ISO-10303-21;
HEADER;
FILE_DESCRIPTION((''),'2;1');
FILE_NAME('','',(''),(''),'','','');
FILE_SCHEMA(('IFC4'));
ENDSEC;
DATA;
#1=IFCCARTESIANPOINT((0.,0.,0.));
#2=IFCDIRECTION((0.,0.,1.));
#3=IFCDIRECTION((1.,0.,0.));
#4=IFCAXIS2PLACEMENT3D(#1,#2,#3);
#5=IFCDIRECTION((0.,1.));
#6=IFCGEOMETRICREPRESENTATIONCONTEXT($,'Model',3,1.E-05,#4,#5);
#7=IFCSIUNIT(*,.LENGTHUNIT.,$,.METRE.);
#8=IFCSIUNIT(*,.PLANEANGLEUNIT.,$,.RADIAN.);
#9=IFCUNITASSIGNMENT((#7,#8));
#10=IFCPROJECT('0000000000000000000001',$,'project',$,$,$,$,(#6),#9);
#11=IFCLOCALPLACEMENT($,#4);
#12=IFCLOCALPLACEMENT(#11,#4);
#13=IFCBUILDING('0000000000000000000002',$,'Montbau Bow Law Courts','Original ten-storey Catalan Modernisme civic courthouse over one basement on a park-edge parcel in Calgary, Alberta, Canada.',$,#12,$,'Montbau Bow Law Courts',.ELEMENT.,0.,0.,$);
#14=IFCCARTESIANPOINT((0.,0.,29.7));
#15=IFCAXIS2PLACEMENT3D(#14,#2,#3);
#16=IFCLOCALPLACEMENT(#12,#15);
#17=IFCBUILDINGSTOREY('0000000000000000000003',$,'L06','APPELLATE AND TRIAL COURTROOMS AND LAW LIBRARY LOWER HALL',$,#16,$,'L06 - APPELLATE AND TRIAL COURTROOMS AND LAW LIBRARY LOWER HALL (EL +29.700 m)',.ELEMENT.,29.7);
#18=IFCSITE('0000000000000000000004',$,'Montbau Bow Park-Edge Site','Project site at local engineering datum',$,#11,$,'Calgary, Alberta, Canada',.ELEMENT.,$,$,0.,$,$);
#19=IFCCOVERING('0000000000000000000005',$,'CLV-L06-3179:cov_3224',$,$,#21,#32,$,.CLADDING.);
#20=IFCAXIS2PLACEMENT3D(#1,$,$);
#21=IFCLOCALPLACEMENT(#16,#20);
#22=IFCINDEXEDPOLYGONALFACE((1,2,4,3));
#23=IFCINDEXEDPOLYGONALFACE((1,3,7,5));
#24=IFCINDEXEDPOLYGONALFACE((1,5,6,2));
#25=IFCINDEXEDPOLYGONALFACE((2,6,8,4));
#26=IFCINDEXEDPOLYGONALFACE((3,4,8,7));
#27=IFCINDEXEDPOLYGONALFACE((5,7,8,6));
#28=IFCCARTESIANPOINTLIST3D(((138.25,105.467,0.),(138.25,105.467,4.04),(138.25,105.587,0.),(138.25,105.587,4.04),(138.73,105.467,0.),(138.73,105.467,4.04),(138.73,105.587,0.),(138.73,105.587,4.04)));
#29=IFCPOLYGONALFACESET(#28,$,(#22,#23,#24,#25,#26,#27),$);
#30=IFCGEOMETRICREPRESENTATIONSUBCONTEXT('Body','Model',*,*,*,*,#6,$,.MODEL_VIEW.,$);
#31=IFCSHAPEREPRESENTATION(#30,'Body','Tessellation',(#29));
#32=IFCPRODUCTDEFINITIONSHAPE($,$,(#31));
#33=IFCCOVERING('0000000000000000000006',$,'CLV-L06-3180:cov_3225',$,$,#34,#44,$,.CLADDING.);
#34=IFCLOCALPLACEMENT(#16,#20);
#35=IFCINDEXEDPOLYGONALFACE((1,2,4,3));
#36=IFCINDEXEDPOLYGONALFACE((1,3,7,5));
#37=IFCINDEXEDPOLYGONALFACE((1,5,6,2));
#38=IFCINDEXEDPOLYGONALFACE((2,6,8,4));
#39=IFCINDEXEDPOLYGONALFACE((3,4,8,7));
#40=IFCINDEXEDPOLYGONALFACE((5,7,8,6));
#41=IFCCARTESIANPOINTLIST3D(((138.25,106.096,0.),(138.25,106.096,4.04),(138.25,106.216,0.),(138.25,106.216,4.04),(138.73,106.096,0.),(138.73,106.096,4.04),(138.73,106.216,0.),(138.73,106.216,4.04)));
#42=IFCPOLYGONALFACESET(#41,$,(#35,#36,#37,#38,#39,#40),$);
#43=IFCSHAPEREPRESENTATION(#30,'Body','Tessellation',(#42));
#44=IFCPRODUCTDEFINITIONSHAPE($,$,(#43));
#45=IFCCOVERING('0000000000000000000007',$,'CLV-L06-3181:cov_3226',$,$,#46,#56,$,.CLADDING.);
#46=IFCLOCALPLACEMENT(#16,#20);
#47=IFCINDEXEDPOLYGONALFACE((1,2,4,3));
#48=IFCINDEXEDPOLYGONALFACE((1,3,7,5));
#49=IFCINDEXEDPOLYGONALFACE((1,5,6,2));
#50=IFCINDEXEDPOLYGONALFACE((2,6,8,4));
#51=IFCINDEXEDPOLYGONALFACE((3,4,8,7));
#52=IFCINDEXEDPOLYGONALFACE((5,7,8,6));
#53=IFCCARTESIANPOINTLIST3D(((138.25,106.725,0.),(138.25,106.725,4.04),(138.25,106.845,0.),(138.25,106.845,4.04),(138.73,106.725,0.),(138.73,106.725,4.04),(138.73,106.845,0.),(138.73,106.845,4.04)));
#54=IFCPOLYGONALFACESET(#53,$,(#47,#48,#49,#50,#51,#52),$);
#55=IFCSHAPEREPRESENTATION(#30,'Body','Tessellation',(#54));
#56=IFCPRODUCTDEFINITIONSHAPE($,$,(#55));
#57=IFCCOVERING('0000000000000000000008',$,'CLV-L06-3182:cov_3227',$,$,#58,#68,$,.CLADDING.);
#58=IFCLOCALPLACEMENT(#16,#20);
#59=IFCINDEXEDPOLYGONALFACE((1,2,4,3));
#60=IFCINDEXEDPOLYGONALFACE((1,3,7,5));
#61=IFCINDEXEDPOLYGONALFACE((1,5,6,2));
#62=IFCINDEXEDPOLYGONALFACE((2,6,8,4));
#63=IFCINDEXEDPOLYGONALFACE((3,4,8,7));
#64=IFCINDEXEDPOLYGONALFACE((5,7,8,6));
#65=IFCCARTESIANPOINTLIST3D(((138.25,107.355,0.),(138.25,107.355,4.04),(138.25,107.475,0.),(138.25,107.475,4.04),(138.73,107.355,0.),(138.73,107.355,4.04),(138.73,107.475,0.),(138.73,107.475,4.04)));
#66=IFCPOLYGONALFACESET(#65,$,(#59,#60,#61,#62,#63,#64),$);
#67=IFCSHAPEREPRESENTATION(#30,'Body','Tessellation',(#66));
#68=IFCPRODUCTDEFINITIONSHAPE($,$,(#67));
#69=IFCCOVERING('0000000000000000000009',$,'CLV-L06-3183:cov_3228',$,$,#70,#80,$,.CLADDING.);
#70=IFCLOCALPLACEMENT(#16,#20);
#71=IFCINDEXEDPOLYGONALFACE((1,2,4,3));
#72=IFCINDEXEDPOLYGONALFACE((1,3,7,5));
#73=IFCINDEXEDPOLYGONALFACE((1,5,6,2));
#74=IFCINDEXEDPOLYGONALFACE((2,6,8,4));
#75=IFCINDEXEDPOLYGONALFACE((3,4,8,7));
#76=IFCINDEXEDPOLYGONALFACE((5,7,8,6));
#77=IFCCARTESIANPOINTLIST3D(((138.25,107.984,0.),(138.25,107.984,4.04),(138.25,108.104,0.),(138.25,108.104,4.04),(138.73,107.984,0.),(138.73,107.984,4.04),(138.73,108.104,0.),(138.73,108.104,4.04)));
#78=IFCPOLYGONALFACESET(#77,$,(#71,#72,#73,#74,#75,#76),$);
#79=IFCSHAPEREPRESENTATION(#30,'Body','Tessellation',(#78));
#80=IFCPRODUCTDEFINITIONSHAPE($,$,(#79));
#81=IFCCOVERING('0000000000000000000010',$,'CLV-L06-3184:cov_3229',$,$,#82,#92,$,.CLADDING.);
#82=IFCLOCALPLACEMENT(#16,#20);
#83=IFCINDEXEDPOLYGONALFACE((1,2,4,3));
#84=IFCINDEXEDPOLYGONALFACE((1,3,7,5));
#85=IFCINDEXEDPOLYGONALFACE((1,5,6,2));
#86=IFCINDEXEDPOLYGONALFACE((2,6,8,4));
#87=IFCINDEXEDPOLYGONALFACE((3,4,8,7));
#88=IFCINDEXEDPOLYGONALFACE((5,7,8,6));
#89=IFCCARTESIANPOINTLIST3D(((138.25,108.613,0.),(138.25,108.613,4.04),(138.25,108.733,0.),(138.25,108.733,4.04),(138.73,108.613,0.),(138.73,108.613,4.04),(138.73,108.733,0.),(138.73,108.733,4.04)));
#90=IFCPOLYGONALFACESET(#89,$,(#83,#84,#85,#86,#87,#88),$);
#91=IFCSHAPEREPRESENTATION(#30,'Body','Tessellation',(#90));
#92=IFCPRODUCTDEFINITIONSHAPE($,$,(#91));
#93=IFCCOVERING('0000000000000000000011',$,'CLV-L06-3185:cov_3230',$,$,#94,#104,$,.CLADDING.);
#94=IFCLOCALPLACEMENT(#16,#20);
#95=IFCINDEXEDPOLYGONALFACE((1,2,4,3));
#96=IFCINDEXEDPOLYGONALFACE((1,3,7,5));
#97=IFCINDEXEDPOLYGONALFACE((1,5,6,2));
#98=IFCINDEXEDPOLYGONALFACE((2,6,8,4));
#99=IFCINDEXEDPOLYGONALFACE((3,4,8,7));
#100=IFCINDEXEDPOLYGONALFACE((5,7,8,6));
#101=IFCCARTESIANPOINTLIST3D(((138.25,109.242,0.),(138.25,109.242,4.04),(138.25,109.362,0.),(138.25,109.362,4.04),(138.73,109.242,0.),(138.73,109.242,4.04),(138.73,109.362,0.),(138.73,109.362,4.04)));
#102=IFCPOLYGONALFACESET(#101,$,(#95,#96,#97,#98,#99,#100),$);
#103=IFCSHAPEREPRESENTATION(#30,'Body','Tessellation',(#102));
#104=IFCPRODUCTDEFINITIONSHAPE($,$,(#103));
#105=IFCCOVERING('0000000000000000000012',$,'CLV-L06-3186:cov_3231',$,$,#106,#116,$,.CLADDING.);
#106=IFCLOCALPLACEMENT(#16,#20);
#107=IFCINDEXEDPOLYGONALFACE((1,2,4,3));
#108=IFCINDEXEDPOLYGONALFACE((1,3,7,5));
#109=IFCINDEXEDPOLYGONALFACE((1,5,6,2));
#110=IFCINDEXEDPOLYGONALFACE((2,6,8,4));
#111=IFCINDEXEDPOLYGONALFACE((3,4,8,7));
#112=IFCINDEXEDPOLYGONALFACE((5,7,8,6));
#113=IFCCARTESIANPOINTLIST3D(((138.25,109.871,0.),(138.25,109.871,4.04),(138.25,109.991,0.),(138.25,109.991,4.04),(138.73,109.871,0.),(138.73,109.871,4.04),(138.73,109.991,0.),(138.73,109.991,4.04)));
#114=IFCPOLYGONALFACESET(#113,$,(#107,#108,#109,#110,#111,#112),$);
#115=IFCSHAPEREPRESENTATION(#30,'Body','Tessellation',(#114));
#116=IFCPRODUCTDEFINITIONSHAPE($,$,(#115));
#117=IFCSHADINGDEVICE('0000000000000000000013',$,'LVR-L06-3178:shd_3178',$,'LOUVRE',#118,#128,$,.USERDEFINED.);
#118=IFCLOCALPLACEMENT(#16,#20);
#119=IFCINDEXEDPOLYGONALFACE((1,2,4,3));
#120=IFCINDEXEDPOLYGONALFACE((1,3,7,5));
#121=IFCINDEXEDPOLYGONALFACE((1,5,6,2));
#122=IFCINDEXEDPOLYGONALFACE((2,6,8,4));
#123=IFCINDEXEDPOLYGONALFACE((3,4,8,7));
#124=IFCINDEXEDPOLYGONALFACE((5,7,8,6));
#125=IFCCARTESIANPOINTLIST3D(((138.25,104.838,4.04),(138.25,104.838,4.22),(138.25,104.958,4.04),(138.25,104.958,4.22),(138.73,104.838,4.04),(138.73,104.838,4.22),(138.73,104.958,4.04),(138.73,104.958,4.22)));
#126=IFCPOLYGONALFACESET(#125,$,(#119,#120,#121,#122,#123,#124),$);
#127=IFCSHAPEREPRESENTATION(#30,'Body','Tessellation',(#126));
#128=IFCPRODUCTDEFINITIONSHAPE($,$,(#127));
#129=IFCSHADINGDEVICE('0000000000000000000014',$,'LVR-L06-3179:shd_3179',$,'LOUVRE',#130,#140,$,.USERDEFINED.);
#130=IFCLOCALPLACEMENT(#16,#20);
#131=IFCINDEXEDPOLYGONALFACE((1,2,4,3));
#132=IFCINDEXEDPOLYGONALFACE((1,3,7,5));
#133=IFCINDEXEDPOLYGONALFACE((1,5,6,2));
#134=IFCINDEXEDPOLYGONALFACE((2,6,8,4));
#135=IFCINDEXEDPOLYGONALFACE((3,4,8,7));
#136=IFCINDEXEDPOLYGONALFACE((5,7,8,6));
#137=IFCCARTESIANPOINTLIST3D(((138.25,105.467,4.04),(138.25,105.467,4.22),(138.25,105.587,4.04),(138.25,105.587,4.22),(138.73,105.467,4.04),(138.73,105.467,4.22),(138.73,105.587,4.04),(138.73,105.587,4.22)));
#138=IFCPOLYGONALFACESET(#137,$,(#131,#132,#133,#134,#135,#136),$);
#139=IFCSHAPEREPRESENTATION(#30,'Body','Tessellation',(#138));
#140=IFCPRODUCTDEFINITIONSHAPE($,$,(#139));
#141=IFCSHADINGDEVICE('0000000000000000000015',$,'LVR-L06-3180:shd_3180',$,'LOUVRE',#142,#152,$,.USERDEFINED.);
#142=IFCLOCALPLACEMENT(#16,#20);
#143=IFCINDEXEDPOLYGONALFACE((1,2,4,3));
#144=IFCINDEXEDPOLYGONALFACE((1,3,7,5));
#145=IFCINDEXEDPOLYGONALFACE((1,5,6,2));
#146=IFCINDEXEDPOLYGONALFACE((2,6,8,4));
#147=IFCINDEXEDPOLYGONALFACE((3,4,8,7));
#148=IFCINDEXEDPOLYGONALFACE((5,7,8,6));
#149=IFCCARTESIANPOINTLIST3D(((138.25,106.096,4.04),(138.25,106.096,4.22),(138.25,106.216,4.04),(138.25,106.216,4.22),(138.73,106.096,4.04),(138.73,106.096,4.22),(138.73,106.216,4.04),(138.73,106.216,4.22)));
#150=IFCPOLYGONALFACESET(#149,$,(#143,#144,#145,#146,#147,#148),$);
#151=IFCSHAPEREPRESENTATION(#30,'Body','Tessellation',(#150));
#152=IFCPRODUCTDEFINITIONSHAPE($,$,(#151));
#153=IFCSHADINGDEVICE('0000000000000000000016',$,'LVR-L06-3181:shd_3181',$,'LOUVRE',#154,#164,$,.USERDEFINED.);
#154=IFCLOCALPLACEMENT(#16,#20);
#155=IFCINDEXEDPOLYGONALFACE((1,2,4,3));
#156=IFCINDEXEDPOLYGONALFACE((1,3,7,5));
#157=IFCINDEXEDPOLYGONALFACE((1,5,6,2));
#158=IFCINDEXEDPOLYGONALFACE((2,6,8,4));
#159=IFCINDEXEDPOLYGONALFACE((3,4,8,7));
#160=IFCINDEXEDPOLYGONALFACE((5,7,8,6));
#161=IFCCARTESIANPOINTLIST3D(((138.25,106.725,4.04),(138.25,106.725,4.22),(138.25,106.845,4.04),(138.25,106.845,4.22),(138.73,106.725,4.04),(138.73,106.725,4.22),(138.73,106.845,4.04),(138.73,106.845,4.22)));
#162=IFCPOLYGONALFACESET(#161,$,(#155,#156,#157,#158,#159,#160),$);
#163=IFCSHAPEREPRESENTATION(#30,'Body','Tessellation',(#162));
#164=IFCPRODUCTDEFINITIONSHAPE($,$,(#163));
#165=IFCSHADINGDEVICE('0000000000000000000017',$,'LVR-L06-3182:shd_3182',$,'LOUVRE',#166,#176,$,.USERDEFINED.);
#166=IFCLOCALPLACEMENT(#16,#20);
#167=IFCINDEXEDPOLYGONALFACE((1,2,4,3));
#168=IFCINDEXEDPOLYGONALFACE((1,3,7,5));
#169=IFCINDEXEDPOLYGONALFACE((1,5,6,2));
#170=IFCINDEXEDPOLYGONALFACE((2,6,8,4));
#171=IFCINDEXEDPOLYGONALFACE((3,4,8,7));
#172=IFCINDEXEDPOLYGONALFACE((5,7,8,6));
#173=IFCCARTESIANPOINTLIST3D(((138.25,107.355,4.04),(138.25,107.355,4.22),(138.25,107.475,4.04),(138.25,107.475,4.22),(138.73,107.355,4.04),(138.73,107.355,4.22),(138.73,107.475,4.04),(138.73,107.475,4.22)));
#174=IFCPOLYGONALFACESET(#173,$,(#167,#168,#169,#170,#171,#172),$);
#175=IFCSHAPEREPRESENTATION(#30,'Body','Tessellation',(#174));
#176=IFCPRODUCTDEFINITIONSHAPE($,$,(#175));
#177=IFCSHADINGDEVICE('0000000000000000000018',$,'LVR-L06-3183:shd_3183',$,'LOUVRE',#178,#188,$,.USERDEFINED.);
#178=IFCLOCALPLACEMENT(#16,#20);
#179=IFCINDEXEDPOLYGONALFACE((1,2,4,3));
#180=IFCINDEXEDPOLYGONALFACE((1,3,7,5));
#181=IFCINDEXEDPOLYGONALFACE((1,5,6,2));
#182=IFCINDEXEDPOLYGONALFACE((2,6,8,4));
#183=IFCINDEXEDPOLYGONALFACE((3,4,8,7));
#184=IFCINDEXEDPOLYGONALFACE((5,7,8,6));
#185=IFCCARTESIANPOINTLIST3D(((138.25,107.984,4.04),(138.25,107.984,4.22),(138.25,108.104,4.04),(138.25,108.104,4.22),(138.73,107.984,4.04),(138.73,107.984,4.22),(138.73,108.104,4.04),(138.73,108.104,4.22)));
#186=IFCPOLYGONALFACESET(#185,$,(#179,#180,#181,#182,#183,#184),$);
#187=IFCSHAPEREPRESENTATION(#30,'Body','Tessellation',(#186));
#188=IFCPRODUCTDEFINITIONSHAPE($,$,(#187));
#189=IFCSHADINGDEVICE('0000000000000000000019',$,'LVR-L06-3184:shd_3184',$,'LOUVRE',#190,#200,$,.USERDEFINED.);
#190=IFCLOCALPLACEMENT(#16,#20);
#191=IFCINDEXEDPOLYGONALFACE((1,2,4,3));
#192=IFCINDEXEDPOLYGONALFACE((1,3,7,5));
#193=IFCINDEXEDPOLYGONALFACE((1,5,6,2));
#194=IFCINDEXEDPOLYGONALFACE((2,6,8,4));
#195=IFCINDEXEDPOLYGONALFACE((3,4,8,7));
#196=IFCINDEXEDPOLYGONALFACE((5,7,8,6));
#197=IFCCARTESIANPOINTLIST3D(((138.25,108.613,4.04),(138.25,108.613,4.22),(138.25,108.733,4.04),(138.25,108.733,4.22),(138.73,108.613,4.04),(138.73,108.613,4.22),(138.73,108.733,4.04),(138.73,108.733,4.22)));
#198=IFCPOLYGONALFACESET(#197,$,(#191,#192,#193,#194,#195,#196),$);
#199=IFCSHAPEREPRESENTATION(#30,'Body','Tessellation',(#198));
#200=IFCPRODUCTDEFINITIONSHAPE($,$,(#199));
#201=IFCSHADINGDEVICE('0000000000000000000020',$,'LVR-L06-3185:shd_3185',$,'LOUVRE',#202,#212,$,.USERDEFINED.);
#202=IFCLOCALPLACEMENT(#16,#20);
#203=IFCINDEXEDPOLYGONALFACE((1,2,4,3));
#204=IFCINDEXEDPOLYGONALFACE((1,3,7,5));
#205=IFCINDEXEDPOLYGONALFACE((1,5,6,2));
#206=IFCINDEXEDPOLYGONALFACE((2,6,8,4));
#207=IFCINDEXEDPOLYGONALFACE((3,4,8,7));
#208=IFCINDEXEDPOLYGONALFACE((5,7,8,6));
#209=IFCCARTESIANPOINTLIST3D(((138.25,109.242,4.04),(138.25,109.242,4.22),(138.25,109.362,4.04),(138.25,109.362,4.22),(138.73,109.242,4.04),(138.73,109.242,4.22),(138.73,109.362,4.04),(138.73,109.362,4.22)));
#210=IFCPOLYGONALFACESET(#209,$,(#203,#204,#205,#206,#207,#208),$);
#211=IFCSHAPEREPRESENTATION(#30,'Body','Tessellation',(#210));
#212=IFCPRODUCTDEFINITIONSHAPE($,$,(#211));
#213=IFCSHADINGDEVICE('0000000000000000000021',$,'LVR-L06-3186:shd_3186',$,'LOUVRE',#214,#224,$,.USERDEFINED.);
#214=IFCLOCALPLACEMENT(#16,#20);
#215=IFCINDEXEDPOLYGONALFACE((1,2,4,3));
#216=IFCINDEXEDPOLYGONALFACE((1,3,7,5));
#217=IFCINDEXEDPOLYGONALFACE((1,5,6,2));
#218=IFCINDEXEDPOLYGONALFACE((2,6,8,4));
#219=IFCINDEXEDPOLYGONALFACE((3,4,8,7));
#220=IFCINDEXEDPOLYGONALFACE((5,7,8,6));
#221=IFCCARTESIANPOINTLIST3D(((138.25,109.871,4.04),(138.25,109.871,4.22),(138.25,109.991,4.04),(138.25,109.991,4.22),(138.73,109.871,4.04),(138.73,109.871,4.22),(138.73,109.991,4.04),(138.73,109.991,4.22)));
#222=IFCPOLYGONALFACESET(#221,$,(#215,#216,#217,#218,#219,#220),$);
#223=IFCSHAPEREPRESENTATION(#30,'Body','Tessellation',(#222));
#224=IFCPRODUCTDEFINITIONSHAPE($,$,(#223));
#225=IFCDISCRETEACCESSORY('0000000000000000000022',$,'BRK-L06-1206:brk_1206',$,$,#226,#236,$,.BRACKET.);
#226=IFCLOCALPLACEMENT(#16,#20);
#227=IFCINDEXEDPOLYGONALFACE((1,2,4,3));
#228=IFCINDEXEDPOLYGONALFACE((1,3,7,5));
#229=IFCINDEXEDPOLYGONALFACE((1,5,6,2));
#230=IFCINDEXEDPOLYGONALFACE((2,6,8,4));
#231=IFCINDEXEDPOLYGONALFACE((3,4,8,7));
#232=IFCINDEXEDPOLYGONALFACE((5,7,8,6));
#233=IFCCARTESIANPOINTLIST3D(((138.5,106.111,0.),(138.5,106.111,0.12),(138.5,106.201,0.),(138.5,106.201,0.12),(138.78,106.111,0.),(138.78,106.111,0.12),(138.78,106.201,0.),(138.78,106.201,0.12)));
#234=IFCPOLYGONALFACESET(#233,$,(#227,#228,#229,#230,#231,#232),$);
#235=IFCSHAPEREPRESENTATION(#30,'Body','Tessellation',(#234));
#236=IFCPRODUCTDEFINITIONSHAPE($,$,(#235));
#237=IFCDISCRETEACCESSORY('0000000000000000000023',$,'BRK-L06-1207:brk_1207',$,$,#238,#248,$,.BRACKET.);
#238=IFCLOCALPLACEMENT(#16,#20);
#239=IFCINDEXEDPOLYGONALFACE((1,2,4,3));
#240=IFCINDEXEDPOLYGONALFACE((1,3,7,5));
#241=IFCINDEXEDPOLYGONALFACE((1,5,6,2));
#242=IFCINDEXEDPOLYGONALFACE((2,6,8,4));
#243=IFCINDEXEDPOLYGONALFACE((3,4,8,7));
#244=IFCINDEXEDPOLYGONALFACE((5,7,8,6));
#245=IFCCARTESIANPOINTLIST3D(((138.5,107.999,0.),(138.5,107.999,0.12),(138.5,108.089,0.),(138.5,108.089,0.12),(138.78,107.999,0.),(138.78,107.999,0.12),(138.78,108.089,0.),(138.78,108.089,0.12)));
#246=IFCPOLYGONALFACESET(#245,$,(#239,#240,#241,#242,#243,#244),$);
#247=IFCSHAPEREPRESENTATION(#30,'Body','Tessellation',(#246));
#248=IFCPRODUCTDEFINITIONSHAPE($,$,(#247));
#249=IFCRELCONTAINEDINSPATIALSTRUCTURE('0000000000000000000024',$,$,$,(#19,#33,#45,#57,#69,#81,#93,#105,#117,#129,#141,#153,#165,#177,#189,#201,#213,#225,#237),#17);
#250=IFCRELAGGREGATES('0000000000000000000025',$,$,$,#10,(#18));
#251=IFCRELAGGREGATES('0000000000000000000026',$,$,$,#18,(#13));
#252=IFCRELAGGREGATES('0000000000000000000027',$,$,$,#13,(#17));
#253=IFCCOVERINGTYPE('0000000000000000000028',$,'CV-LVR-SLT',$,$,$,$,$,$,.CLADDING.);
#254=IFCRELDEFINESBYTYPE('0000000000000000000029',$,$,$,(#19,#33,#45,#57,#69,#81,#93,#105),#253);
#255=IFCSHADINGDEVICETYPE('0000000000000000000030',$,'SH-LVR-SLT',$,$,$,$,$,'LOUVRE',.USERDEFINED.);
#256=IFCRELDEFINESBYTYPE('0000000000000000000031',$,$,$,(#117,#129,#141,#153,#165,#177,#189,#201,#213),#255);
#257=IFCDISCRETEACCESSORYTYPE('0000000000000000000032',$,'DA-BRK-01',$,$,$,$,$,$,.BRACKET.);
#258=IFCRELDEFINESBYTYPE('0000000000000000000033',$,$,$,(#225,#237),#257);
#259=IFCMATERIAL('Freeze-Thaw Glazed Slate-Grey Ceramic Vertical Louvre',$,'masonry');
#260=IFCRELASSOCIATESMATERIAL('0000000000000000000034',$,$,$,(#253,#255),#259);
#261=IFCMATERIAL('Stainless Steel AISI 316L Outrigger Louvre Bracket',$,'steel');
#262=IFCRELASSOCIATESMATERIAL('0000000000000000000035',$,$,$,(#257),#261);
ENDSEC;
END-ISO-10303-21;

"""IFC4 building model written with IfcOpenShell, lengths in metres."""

from ifc_helpers import new_model, si_unit, direction, frame, frame_2d, origin_with_axes, origin_2d_with_axis, place, context, subcontext, project, spatial, rectangle, extrude, material, type_object, element, save


model = new_model("IFC4")

# Units and contexts
model_context = context("Model", 3, precision=1e-05, world=origin_with_axes(), true_north=direction((0.0, 1.0)))
body_context = subcontext(model_context, "Body", "Model", "MODEL_VIEW")
ifc_project = project(units=[si_unit("LENGTHUNIT", "METRE"), si_unit("PLANEANGLEUNIT", "RADIAN")], contexts=[model_context])

# Site, building, storey
site_placement = place(None, origin_with_axes())
site = spatial("IfcSite", under=ifc_project, at=site_placement, Name="Montbau Bow Park-Edge Site", Description="Project site at local engineering datum", LongName="Calgary, Alberta, Canada", CompositionType="ELEMENT", RefElevation=0.0)
building_placement = place(site_placement, origin_with_axes())
building = spatial("IfcBuilding", under=site, at=building_placement, Name="Montbau Bow Law Courts", Description="Original ten-storey Catalan Modernisme civic courthouse over one basement on a park-edge parcel in Calgary, Alberta, Canada.", LongName="Montbau Bow Law Courts", CompositionType="ELEMENT", ElevationOfRefHeight=0.0, ElevationOfTerrain=0.0)
storey_placement = place(building_placement, frame((0.0, 0.0, 29.7), z_axis=(0.0, 0.0, 1.0), x_axis=(1.0, 0.0, 0.0)))
storey = spatial("IfcBuildingStorey", under=building, at=storey_placement, Name="L06", Description="APPELLATE AND TRIAL COURTROOMS AND LAW LIBRARY LOWER HALL", LongName="L06 - APPELLATE AND TRIAL COURTROOMS AND LAW LIBRARY LOWER HALL (EL +29.700 m)", CompositionType="ELEMENT", Elevation=29.7)

# Coverings
ifc_material_1 = material(Name="Freeze-Thaw Glazed Slate-Grey Ceramic Vertical Louvre", Category="masonry")
covering_type = type_object("IfcCoveringType", Name="CV-LVR-SLT", PredefinedType="CLADDING", material=ifc_material_1)
for number, where, z_axis, x_axis, name in (
    (1, (138.73, 105.527, 29.7), (0.0, 1.0, 0.0), (-1.0, 0.0, 0.0), "CLV-L06-3179:cov_3224"),
    (2, (138.73, 106.156, 29.7), (0.0, 1.0, 0.0), (-1.0, 0.0, 0.0), "CLV-L06-3180:cov_3225"),
    (3, (138.73, 106.785, 29.7), (0.0, 1.0, 0.0), (-1.0, 0.0, 0.0), "CLV-L06-3181:cov_3226"),
    (4, (138.73, 107.415, 29.7), (0.0, 1.0, 0.0), (-1.0, 0.0, 0.0), "CLV-L06-3182:cov_3227"),
    (5, (138.73, 108.044, 29.7), (0.0, 1.0, 0.0), (-1.0, 0.0, 0.0), "CLV-L06-3183:cov_3228"),
    (6, (138.73, 108.673, 29.7), (0.0, 1.0, 0.0), (-1.0, 0.0, 0.0), "CLV-L06-3184:cov_3229"),
    (7, (138.73, 109.302, 29.7), (0.0, 1.0, 0.0), (-1.0, 0.0, 0.0), "CLV-L06-3185:cov_3230"),
    (8, (138.73, 109.931, 29.7), (0.0, 1.0, 0.0), (-1.0, 0.0, 0.0), "CLV-L06-3186:cov_3231"),
):
    element("IfcCovering", number, at=place(None, frame(where, z_axis=z_axis, x_axis=x_axis)), inside=storey, type_object=covering_type, Name=name, PredefinedType="CLADDING", context=body_context, shape_type="SweptSolid", body=[
        extrude(rectangle(XDim=0.48, YDim=4.04, at=frame_2d((0.24, 2.02), x_axis=(1.0, 0.0))), frame((0.0, 0.0, -0.06), z_axis=(0.0, 0.0, 1.0), x_axis=(1.0, 0.0, 0.0)), (0.0, 0.0, 1.0), 0.12),
    ])

# Shading devices
shading_device_type = type_object("IfcShadingDeviceType", Name="SH-LVR-SLT", ElementType="LOUVRE", PredefinedType="USERDEFINED", material=ifc_material_1)
for number, where, z_axis, x_axis, name in (
    (9, (138.49, 104.898, 33.74), (0.0, 0.0, 1.0), (-1.0, 0.0, 0.0), "LVR-L06-3178:shd_3178"),
    (10, (138.49, 105.527, 33.74), (0.0, 0.0, 1.0), (-1.0, 0.0, 0.0), "LVR-L06-3179:shd_3179"),
    (11, (138.49, 106.156, 33.74), (0.0, 0.0, 1.0), (-1.0, 0.0, 0.0), "LVR-L06-3180:shd_3180"),
    (12, (138.49, 106.785, 33.74), (0.0, 0.0, 1.0), (-1.0, 0.0, 0.0), "LVR-L06-3181:shd_3181"),
    (13, (138.49, 107.415, 33.74), (0.0, 0.0, 1.0), (-1.0, 0.0, 0.0), "LVR-L06-3182:shd_3182"),
    (14, (138.49, 108.044, 33.74), (0.0, 0.0, 1.0), (-1.0, 0.0, 0.0), "LVR-L06-3183:shd_3183"),
    (15, (138.49, 108.673, 33.74), (0.0, 0.0, 1.0), (-1.0, 0.0, 0.0), "LVR-L06-3184:shd_3184"),
    (16, (138.49, 109.302, 33.74), (0.0, 0.0, 1.0), (-1.0, 0.0, 0.0), "LVR-L06-3185:shd_3185"),
    (17, (138.49, 109.931, 33.74), (0.0, 0.0, 1.0), (-1.0, 0.0, 0.0), "LVR-L06-3186:shd_3186"),
):
    element("IfcShadingDevice", number, at=place(None, frame(where, z_axis=z_axis, x_axis=x_axis)), inside=storey, type_object=shading_device_type, Name=name, ObjectType="LOUVRE", PredefinedType="USERDEFINED", context=body_context, shape_type="SweptSolid", body=[
        extrude(rectangle(XDim=0.48, YDim=0.12, at=origin_2d_with_axis()), origin_with_axes(), (0.0, 0.0, 1.0), 0.18),
    ])

# Discrete accessories
ifc_material_2 = material(Name="Stainless Steel AISI 316L Outrigger Louvre Bracket", Category="steel")
discrete_accessory_type = type_object("IfcDiscreteAccessoryType", Name="DA-BRK-01", PredefinedType="BRACKET", material=ifc_material_2)
for number, where, z_axis, x_axis, name in (
    (18, (138.64, 106.156, 29.7), (0.0, 0.0, 1.0), (-1.0, 0.0, 0.0), "BRK-L06-1206:brk_1206"),
    (19, (138.64, 108.044, 29.7), (0.0, 0.0, 1.0), (-1.0, 0.0, 0.0), "BRK-L06-1207:brk_1207"),
):
    element("IfcDiscreteAccessory", number, at=place(None, frame(where, z_axis=z_axis, x_axis=x_axis)), inside=storey, type_object=discrete_accessory_type, Name=name, PredefinedType="BRACKET", context=body_context, shape_type="SweptSolid", body=[
        extrude(rectangle(XDim=0.28, YDim=0.09, at=origin_2d_with_axis()), origin_with_axes(), (0.0, 0.0, 1.0), 0.12),
    ])

save(model, "model.ifc")
